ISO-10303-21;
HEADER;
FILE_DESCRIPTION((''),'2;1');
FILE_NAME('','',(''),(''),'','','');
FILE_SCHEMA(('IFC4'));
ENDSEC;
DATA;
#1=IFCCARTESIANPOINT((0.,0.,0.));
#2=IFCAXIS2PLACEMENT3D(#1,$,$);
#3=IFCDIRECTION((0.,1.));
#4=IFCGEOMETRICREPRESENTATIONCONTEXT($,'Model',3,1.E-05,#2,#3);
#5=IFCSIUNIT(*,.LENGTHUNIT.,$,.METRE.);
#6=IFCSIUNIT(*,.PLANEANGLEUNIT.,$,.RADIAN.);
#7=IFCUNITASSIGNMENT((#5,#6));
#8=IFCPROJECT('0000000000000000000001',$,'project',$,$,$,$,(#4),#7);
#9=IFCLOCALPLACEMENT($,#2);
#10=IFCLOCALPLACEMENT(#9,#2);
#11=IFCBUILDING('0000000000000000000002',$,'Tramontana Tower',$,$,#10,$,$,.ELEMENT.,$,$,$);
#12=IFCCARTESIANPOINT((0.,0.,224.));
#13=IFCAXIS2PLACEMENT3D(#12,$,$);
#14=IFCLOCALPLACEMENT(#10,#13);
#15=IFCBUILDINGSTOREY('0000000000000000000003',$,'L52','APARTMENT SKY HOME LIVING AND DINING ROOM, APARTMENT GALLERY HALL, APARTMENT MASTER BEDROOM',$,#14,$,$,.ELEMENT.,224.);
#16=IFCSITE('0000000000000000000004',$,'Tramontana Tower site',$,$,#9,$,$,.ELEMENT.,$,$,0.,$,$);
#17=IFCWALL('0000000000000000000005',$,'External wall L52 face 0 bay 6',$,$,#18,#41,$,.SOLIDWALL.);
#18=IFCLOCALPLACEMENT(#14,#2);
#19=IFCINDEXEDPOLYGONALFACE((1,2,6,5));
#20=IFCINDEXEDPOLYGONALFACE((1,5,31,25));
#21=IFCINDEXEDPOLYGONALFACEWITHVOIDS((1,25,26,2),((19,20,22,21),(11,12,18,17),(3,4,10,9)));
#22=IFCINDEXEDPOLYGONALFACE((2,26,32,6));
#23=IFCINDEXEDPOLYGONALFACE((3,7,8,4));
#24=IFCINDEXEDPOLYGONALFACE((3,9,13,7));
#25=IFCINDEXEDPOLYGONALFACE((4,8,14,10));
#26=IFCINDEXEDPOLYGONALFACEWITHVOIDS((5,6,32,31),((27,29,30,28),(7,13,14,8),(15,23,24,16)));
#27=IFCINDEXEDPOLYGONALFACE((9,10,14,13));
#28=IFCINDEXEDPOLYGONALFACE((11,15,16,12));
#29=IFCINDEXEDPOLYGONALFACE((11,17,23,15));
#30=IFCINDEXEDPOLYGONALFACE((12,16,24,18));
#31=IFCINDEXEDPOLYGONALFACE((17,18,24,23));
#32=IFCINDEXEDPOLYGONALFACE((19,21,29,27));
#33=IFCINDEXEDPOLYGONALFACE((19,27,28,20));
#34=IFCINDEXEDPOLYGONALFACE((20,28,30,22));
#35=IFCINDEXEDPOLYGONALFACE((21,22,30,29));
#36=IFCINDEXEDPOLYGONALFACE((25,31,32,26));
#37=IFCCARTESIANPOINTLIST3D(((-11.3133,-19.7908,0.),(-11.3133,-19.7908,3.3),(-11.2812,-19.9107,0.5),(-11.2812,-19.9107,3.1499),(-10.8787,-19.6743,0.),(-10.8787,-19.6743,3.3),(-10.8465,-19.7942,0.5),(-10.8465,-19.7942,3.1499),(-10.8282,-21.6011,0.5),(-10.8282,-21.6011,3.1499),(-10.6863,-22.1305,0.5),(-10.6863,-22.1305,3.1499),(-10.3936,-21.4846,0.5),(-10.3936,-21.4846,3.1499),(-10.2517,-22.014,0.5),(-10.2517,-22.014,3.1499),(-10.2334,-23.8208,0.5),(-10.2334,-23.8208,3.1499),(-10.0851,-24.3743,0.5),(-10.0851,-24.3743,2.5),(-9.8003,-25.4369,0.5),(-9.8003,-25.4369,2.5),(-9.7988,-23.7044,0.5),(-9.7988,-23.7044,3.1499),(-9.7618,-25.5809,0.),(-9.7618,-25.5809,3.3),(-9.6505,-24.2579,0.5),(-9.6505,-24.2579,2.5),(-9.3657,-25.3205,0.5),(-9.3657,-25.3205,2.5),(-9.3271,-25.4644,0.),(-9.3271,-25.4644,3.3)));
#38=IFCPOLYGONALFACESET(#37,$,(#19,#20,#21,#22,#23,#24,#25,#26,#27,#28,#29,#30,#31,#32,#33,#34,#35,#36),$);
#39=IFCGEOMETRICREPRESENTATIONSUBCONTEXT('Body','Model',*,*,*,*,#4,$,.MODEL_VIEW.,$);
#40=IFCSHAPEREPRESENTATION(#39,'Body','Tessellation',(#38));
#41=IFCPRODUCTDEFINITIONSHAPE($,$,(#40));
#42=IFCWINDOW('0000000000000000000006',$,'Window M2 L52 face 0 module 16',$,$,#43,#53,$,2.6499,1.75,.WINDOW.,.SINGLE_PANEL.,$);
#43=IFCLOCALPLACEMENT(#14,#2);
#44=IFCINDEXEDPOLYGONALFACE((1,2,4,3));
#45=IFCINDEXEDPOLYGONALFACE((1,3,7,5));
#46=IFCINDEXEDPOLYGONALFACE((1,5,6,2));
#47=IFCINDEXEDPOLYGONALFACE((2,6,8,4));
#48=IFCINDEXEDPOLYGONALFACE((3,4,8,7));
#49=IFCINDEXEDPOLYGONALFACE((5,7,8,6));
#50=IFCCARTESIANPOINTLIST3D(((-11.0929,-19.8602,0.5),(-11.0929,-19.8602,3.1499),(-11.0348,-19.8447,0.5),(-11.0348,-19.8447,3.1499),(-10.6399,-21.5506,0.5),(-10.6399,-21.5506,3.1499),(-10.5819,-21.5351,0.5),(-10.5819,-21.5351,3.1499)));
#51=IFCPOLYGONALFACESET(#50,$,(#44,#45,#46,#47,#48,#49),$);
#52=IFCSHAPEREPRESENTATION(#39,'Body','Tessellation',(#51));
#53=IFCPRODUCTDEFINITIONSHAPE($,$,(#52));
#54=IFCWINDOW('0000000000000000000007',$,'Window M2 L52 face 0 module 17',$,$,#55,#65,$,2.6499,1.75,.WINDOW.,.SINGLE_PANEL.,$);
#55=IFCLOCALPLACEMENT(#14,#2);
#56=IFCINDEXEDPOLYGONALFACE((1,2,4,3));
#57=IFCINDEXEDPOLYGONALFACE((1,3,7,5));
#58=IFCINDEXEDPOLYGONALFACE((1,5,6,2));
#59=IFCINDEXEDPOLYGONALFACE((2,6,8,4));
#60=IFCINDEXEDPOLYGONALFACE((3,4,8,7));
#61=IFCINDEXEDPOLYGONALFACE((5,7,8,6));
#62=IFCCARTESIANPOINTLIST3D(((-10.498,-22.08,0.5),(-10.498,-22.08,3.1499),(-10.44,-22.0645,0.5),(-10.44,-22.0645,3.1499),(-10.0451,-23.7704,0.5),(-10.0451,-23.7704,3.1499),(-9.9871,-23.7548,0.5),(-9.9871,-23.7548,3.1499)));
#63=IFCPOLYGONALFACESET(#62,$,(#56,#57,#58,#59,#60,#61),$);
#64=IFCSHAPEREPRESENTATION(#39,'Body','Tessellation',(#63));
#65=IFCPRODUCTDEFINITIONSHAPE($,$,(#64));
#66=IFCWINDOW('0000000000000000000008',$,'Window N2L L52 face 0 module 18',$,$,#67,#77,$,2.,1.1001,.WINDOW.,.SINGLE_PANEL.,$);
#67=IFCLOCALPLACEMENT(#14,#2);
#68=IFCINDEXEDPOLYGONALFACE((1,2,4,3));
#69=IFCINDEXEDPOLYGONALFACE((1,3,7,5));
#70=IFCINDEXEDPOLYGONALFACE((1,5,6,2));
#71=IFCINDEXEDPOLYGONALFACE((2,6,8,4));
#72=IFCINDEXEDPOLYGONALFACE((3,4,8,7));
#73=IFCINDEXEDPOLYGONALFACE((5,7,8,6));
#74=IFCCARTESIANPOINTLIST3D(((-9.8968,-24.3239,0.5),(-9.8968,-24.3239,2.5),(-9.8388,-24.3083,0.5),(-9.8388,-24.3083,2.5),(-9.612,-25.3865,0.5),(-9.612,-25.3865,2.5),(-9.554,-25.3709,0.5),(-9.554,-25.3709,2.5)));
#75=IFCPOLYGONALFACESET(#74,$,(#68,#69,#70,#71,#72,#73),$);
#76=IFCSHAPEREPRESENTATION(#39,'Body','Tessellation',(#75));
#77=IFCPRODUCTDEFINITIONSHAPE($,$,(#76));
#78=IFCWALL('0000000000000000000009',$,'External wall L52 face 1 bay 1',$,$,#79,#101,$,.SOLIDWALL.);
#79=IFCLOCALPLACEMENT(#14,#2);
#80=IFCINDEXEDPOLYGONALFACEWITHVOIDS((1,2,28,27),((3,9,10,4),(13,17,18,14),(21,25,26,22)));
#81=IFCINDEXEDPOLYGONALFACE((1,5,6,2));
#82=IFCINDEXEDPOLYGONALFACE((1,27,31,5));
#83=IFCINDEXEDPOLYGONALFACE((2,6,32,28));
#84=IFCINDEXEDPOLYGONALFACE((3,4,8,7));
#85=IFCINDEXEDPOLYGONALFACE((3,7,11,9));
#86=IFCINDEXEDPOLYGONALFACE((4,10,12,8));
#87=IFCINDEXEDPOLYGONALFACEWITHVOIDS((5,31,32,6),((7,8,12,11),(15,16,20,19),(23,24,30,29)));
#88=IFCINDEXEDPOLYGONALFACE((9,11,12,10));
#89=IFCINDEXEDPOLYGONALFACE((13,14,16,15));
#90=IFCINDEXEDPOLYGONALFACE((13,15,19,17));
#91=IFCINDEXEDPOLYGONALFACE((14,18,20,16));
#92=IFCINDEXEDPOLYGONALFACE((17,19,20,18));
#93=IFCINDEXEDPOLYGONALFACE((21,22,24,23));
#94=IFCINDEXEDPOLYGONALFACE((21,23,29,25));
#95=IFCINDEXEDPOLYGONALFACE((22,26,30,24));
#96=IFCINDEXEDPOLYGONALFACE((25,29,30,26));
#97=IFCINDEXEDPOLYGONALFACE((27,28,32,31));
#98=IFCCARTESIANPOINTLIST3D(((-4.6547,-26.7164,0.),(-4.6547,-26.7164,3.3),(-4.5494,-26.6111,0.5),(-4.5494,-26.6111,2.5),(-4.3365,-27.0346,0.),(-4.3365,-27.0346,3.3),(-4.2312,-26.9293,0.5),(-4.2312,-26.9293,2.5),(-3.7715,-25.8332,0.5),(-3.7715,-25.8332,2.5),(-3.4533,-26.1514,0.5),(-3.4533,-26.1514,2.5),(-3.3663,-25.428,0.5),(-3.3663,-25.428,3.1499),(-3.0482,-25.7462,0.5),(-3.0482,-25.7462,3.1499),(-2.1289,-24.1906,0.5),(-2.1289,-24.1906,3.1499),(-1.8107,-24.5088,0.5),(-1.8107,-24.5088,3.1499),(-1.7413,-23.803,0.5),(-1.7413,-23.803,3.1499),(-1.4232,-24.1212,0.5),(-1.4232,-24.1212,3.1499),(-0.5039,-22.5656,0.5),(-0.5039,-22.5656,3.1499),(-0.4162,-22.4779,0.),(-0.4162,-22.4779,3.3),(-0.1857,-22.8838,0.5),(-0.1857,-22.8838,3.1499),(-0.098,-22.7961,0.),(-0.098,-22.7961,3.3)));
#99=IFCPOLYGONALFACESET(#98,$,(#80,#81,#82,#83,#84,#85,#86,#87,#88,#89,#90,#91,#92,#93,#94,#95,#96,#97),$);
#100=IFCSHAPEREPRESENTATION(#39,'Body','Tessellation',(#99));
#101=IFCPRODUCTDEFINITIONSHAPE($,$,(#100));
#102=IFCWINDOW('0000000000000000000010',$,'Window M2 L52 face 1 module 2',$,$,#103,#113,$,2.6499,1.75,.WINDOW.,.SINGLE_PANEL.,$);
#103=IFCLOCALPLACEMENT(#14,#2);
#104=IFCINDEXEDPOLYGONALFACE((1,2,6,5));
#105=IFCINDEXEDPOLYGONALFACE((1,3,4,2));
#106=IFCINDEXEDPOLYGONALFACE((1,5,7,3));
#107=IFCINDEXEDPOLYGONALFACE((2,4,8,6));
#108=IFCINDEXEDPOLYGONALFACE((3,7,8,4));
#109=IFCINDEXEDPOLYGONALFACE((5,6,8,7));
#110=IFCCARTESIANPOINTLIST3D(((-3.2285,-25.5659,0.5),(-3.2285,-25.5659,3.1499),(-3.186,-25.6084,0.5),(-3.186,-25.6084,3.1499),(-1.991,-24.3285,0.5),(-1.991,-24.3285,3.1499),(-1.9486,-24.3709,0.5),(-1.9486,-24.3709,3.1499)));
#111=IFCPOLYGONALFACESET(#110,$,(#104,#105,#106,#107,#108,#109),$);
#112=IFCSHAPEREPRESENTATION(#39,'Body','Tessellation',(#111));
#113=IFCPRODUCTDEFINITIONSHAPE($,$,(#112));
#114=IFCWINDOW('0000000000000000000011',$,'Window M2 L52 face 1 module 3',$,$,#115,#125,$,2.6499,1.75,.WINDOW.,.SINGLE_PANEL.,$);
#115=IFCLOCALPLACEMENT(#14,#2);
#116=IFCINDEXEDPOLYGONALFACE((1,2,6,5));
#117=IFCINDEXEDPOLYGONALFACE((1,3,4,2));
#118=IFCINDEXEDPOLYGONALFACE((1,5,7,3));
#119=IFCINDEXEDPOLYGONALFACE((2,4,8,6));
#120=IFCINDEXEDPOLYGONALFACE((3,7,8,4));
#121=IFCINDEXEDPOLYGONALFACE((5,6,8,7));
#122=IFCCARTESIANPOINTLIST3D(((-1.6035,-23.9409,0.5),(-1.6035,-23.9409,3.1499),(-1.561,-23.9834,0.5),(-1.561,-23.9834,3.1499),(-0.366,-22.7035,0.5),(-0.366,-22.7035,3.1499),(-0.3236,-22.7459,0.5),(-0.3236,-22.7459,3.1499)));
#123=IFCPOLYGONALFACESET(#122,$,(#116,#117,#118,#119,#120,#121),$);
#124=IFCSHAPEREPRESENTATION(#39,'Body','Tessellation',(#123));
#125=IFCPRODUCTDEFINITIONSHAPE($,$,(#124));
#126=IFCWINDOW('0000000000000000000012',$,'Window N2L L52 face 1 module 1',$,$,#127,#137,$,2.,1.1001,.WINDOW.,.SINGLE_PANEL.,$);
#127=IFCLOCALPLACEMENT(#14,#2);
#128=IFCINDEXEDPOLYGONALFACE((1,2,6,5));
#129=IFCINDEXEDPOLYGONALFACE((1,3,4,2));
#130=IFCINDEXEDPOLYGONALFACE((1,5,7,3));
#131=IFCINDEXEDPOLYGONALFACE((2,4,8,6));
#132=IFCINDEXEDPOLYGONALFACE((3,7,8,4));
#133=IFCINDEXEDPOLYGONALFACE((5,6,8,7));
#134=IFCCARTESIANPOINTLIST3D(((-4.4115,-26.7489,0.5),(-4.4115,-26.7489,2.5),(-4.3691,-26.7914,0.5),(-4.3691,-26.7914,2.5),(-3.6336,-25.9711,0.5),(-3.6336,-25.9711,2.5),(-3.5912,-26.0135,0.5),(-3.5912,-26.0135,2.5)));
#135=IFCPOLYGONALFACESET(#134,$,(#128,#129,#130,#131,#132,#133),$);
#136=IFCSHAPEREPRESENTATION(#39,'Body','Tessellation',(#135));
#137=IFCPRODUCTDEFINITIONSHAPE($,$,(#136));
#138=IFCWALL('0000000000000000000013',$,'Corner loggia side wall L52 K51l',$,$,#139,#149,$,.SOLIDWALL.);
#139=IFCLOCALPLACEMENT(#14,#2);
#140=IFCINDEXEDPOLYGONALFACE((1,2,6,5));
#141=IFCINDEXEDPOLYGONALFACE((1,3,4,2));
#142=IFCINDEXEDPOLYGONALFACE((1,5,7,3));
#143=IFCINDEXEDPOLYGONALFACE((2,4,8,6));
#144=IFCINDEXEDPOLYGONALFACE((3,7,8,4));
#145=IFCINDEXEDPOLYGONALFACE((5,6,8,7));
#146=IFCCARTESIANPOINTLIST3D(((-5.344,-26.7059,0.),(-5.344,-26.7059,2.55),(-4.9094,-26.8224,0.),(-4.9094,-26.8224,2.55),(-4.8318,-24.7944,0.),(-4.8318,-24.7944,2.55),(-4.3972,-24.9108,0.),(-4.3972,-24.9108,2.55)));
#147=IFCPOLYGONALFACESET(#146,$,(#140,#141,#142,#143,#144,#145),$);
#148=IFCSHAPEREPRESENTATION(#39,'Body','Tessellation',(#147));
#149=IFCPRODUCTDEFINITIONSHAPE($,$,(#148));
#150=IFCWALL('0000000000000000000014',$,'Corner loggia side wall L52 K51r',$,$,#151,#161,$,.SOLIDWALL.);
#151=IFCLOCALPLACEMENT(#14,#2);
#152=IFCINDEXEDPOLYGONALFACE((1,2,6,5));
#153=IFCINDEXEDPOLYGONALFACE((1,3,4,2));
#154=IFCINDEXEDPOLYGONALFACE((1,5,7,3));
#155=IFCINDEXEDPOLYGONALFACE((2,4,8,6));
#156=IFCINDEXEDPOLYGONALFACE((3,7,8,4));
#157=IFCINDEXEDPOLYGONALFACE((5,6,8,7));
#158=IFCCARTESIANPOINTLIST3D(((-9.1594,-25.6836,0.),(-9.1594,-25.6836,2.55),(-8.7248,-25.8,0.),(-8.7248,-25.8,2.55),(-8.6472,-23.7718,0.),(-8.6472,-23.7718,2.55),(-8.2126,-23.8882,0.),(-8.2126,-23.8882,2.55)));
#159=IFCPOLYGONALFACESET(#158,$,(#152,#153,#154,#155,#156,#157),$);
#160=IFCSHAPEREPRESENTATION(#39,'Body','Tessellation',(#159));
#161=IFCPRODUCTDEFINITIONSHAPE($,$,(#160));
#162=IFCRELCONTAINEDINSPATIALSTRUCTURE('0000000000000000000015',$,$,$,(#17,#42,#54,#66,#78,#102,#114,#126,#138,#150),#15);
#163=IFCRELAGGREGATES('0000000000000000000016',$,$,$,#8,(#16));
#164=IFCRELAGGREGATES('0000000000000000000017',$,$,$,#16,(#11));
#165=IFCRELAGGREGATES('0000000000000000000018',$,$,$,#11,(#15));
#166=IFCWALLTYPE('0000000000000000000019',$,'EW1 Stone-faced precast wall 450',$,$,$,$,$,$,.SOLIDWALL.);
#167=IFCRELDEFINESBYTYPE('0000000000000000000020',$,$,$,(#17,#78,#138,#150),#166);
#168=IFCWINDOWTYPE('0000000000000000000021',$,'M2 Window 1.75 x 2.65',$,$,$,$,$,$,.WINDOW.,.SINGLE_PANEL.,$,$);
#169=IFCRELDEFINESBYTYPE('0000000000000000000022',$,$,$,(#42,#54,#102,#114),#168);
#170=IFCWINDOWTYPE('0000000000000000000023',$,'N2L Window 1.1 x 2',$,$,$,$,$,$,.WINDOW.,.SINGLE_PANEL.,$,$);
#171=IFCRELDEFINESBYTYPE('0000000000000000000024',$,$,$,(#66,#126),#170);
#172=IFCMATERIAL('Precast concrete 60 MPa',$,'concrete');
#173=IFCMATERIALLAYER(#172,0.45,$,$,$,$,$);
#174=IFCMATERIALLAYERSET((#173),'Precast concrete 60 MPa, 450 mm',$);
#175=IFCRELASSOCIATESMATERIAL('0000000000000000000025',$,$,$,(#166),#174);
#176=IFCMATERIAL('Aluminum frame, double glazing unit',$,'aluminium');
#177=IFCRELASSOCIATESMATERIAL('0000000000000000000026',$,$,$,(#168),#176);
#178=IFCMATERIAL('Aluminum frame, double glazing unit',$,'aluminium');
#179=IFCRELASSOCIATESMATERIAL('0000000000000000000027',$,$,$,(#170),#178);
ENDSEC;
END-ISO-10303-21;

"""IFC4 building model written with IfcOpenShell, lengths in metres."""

from ifc_helpers import new_model, si_unit, direction, frame, frame_2d, origin, place, context, subcontext, project, spatial, rectangle, extrude, material, layer, layer_set, type_object, element, fill, save


model = new_model("IFC4")

# Units and contexts
model_context = context("Model", 3, precision=1e-05, world=origin(), true_north=direction((0.0, 1.0)))
body_context = subcontext(model_context, "Body", "Model", "MODEL_VIEW")
ifc_project = project(units=[si_unit("LENGTHUNIT", "METRE"), si_unit("PLANEANGLEUNIT", "RADIAN")], contexts=[model_context])

# Site, building, storey
site_placement = place(None, origin())
site = spatial("IfcSite", under=ifc_project, at=site_placement, Name="Tramontana Tower site", CompositionType="ELEMENT", RefElevation=0.0)
building_placement = place(site_placement, origin())
building = spatial("IfcBuilding", under=site, at=building_placement, Name="Tramontana Tower", CompositionType="ELEMENT")
storey_placement = place(building_placement, frame((0.0, 0.0, 224.0)))
storey = spatial("IfcBuildingStorey", under=building, at=storey_placement, Name="L52", Description="APARTMENT SKY HOME LIVING AND DINING ROOM, APARTMENT GALLERY HALL, APARTMENT MASTER BEDROOM", CompositionType="ELEMENT", Elevation=224.0)

# Walls, openings, windows
ifc_material_1 = material(Name="Precast concrete 60 MPa", Category="concrete")
ifc_layer_1 = layer(ifc_material_1, 0.45)
ifc_layer_set_1 = layer_set([ifc_layer_1], Name="Precast concrete 60 MPa, 450 mm")
wall_type_1 = type_object("IfcWallType", Name="EW1 Stone-faced precast wall 450", PredefinedType="SOLIDWALL", material=ifc_layer_set_1)
wall_1_placement = place(storey_placement, frame((-11.0959, -19.7327, 0.0), z_axis=(0.0, 0.0, 1.0), x_axis=(0.258831, -0.965923, 0.0)))
wall_1 = element("IfcWall", 1, at=wall_1_placement, inside=storey, type_object=wall_type_1, Name="External wall L52 face 0 bay 6", PredefinedType="SOLIDWALL", context=body_context, shape_type="SweptSolid", body=[
    extrude(rectangle(XDim=5.9944, YDim=0.45, at=frame_2d((2.9971, 0.0))), origin(), (0.0, 0.0, 1.0), 3.3),
])
opening_1_placement = place(wall_1_placement, frame((0.124, 0.0, 0.5)))
opening_1 = element("IfcOpeningElement", 2, at=opening_1_placement, cuts=wall_1, PredefinedType="OPENING", context=body_context, shape_type="SweptSolid", body=[
    extrude(rectangle(XDim=1.75, YDim=2.6499, at=frame_2d((0.875, 1.325))), frame((0.0, 0.2349, 0.0), z_axis=(0.0, -1.0, 0.0), x_axis=(1.0, 0.0, 0.0)), (0.0, 0.0, 1.0), 0.47),
])
opening_2_placement = place(wall_1_placement, frame((2.4221, 0.0, 0.5)))
opening_2 = element("IfcOpeningElement", 3, at=opening_2_placement, cuts=wall_1, PredefinedType="OPENING", context=body_context, shape_type="SweptSolid", body=[
    extrude(rectangle(XDim=1.75, YDim=2.6499, at=frame_2d((0.875, 1.325))), frame((0.0, 0.2349, 0.0), z_axis=(0.0, -1.0, 0.0), x_axis=(1.0, 0.0, 0.0)), (0.0, 0.0, 1.0), 0.47),
])
opening_3_placement = place(wall_1_placement, frame((4.7451, 0.0, 0.5)))
opening_3 = element("IfcOpeningElement", 4, at=opening_3_placement, cuts=wall_1, PredefinedType="OPENING", context=body_context, shape_type="SweptSolid", body=[
    extrude(rectangle(XDim=1.1001, YDim=2.0, at=frame_2d((0.55, 1.0))), frame((0.0, 0.2349, 0.0), z_axis=(0.0, -1.0, 0.0), x_axis=(1.0, 0.0, 0.0)), (0.0, 0.0, 1.0), 0.47),
])
ifc_material_2 = material(Name="Aluminum frame, double glazing unit", Category="aluminium")
window_type_1 = type_object("IfcWindowType", Name="M2 Window 1.75 x 2.65", PartitioningType="SINGLE_PANEL", PredefinedType="WINDOW", material=ifc_material_2)
window_1_placement = place(opening_1_placement, origin())
window_1 = element("IfcWindow", 5, at=window_1_placement, inside=storey, type_object=window_type_1, Name="Window M2 L52 face 0 module 16", OverallHeight=2.6499, OverallWidth=1.75, PartitioningType="SINGLE_PANEL", PredefinedType="WINDOW", context=body_context, shape_type="SweptSolid", body=[
    extrude(rectangle(XDim=1.75, YDim=2.6499, at=frame_2d((0.875, 1.325))), frame((0.0, 0.03, 0.0), z_axis=(0.0, -1.0, 0.0), x_axis=(1.0, 0.0, 0.0)), (0.0, 0.0, 1.0), 0.0601),
])
fill(opening_1, window_1)
window_2_placement = place(opening_2_placement, origin())
window_2 = element("IfcWindow", 6, at=window_2_placement, inside=storey, type_object=window_type_1, Name="Window M2 L52 face 0 module 17", OverallHeight=2.6499, OverallWidth=1.75, PartitioningType="SINGLE_PANEL", PredefinedType="WINDOW", context=body_context, shape_type="SweptSolid", body=[
    extrude(rectangle(XDim=1.75, YDim=2.6499, at=frame_2d((0.875, 1.325))), frame((0.0, 0.03, 0.0), z_axis=(0.0, -1.0, 0.0), x_axis=(1.0, 0.0, 0.0)), (0.0, 0.0, 1.0), 0.0601),
])
fill(opening_2, window_2)
ifc_material_3 = material(Name="Aluminum frame, double glazing unit", Category="aluminium")
window_type_2 = type_object("IfcWindowType", Name="N2L Window 1.1 x 2", PartitioningType="SINGLE_PANEL", PredefinedType="WINDOW", material=ifc_material_3)
window_3_placement = place(opening_3_placement, origin())
window_3 = element("IfcWindow", 7, at=window_3_placement, inside=storey, type_object=window_type_2, Name="Window N2L L52 face 0 module 18", OverallHeight=2.0, OverallWidth=1.1001, PartitioningType="SINGLE_PANEL", PredefinedType="WINDOW", context=body_context, shape_type="SweptSolid", body=[
    extrude(rectangle(XDim=1.1001, YDim=2.0, at=frame_2d((0.55, 1.0))), frame((0.0, 0.03, 0.0), z_axis=(0.0, -1.0, 0.0), x_axis=(1.0, 0.0, 0.0)), (0.0, 0.0, 1.0), 0.0601),
])
fill(opening_3, window_3)
wall_2_placement = place(storey_placement, frame((-4.4956, -26.8755, 0.0), z_axis=(0.0, 0.0, 1.0), x_axis=(0.707107, 0.707107, 0.0)))
wall_2 = element("IfcWall", 8, at=wall_2_placement, inside=storey, type_object=wall_type_1, Name="External wall L52 face 1 bay 1", PredefinedType="SOLIDWALL", context=body_context, shape_type="SweptSolid", body=[
    extrude(rectangle(XDim=5.9941, YDim=0.45, at=frame_2d((2.9971, 0.0))), origin(), (0.0, 0.0, 1.0), 3.3),
])
opening_4_placement = place(wall_2_placement, frame((0.1489, 0.0, 0.5)))
opening_4 = element("IfcOpeningElement", 9, at=opening_4_placement, cuts=wall_2, PredefinedType="OPENING", context=body_context, shape_type="SweptSolid", body=[
    extrude(rectangle(XDim=1.1001, YDim=2.0, at=frame_2d((0.55, 1.0))), frame((0.0, 0.2349, 0.0), z_axis=(0.0, -1.0, 0.0), x_axis=(1.0, 0.0, 0.0)), (0.0, 0.0, 1.0), 0.47),
])
opening_5_placement = place(wall_2_placement, frame((1.822, 0.0, 0.5)))
opening_5 = element("IfcOpeningElement", 10, at=opening_5_placement, cuts=wall_2, PredefinedType="OPENING", context=body_context, shape_type="SweptSolid", body=[
    extrude(rectangle(XDim=1.75, YDim=2.6499, at=frame_2d((0.875, 1.325))), frame((0.0, 0.2349, 0.0), z_axis=(0.0, -1.0, 0.0), x_axis=(1.0, 0.0, 0.0)), (0.0, 0.0, 1.0), 0.47),
])
opening_6_placement = place(wall_2_placement, frame((4.1201, 0.0, 0.5)))
opening_6 = element("IfcOpeningElement", 11, at=opening_6_placement, cuts=wall_2, PredefinedType="OPENING", context=body_context, shape_type="SweptSolid", body=[
    extrude(rectangle(XDim=1.75, YDim=2.6499, at=frame_2d((0.875, 1.325))), frame((0.0, 0.2349, 0.0), z_axis=(0.0, -1.0, 0.0), x_axis=(1.0, 0.0, 0.0)), (0.0, 0.0, 1.0), 0.47),
])
window_4_placement = place(opening_5_placement, origin())
window_4 = element("IfcWindow", 12, at=window_4_placement, inside=storey, type_object=window_type_1, Name="Window M2 L52 face 1 module 2", OverallHeight=2.6499, OverallWidth=1.75, PartitioningType="SINGLE_PANEL", PredefinedType="WINDOW", context=body_context, shape_type="SweptSolid", body=[
    extrude(rectangle(XDim=1.75, YDim=2.6499, at=frame_2d((0.875, 1.325))), frame((0.0, 0.03, 0.0), z_axis=(0.0, -1.0, 0.0), x_axis=(1.0, 0.0, 0.0)), (0.0, 0.0, 1.0), 0.0601),
])
fill(opening_5, window_4)
window_5_placement = place(opening_6_placement, origin())
window_5 = element("IfcWindow", 13, at=window_5_placement, inside=storey, type_object=window_type_1, Name="Window M2 L52 face 1 module 3", OverallHeight=2.6499, OverallWidth=1.75, PartitioningType="SINGLE_PANEL", PredefinedType="WINDOW", context=body_context, shape_type="SweptSolid", body=[
    extrude(rectangle(XDim=1.75, YDim=2.6499, at=frame_2d((0.875, 1.325))), frame((0.0, 0.03, 0.0), z_axis=(0.0, -1.0, 0.0), x_axis=(1.0, 0.0, 0.0)), (0.0, 0.0, 1.0), 0.0601),
])
fill(opening_6, window_5)
window_6_placement = place(opening_4_placement, origin())
window_6 = element("IfcWindow", 14, at=window_6_placement, inside=storey, type_object=window_type_2, Name="Window N2L L52 face 1 module 1", OverallHeight=2.0, OverallWidth=1.1001, PartitioningType="SINGLE_PANEL", PredefinedType="WINDOW", context=body_context, shape_type="SweptSolid", body=[
    extrude(rectangle(XDim=1.1001, YDim=2.0, at=frame_2d((0.55, 1.0))), frame((0.0, 0.03, 0.0), z_axis=(0.0, -1.0, 0.0), x_axis=(1.0, 0.0, 0.0)), (0.0, 0.0, 1.0), 0.0601),
])
fill(opening_4, window_6)

# Walls
wall_3_placement = place(storey_placement, frame((-5.1267, -26.7642, 0.0), z_axis=(0.0, 0.0, 1.0), x_axis=(0.258814, 0.965927, 0.0)))
element("IfcWall", 15, at=wall_3_placement, inside=storey, type_object=wall_type_1, Name="Corner loggia side wall L52 K51l", PredefinedType="SOLIDWALL", context=body_context, shape_type="SweptSolid", body=[
    extrude(rectangle(XDim=1.979, YDim=0.45, at=frame_2d((0.9895, 0.0))), origin(), (0.0, 0.0, 1.0), 2.55),
])
wall_4_placement = place(storey_placement, frame((-8.9421, -25.7419, 0.0), z_axis=(0.0, 0.0, 1.0), x_axis=(0.258783, 0.965935, 0.0)))
element("IfcWall", 16, at=wall_4_placement, inside=storey, type_object=wall_type_1, Name="Corner loggia side wall L52 K51r", PredefinedType="SOLIDWALL", context=body_context, shape_type="SweptSolid", body=[
    extrude(rectangle(XDim=1.9792, YDim=0.45, at=frame_2d((0.9897, 0.0))), origin(), (0.0, 0.0, 1.0), 2.55),
])

save(model, "model.ifc")
